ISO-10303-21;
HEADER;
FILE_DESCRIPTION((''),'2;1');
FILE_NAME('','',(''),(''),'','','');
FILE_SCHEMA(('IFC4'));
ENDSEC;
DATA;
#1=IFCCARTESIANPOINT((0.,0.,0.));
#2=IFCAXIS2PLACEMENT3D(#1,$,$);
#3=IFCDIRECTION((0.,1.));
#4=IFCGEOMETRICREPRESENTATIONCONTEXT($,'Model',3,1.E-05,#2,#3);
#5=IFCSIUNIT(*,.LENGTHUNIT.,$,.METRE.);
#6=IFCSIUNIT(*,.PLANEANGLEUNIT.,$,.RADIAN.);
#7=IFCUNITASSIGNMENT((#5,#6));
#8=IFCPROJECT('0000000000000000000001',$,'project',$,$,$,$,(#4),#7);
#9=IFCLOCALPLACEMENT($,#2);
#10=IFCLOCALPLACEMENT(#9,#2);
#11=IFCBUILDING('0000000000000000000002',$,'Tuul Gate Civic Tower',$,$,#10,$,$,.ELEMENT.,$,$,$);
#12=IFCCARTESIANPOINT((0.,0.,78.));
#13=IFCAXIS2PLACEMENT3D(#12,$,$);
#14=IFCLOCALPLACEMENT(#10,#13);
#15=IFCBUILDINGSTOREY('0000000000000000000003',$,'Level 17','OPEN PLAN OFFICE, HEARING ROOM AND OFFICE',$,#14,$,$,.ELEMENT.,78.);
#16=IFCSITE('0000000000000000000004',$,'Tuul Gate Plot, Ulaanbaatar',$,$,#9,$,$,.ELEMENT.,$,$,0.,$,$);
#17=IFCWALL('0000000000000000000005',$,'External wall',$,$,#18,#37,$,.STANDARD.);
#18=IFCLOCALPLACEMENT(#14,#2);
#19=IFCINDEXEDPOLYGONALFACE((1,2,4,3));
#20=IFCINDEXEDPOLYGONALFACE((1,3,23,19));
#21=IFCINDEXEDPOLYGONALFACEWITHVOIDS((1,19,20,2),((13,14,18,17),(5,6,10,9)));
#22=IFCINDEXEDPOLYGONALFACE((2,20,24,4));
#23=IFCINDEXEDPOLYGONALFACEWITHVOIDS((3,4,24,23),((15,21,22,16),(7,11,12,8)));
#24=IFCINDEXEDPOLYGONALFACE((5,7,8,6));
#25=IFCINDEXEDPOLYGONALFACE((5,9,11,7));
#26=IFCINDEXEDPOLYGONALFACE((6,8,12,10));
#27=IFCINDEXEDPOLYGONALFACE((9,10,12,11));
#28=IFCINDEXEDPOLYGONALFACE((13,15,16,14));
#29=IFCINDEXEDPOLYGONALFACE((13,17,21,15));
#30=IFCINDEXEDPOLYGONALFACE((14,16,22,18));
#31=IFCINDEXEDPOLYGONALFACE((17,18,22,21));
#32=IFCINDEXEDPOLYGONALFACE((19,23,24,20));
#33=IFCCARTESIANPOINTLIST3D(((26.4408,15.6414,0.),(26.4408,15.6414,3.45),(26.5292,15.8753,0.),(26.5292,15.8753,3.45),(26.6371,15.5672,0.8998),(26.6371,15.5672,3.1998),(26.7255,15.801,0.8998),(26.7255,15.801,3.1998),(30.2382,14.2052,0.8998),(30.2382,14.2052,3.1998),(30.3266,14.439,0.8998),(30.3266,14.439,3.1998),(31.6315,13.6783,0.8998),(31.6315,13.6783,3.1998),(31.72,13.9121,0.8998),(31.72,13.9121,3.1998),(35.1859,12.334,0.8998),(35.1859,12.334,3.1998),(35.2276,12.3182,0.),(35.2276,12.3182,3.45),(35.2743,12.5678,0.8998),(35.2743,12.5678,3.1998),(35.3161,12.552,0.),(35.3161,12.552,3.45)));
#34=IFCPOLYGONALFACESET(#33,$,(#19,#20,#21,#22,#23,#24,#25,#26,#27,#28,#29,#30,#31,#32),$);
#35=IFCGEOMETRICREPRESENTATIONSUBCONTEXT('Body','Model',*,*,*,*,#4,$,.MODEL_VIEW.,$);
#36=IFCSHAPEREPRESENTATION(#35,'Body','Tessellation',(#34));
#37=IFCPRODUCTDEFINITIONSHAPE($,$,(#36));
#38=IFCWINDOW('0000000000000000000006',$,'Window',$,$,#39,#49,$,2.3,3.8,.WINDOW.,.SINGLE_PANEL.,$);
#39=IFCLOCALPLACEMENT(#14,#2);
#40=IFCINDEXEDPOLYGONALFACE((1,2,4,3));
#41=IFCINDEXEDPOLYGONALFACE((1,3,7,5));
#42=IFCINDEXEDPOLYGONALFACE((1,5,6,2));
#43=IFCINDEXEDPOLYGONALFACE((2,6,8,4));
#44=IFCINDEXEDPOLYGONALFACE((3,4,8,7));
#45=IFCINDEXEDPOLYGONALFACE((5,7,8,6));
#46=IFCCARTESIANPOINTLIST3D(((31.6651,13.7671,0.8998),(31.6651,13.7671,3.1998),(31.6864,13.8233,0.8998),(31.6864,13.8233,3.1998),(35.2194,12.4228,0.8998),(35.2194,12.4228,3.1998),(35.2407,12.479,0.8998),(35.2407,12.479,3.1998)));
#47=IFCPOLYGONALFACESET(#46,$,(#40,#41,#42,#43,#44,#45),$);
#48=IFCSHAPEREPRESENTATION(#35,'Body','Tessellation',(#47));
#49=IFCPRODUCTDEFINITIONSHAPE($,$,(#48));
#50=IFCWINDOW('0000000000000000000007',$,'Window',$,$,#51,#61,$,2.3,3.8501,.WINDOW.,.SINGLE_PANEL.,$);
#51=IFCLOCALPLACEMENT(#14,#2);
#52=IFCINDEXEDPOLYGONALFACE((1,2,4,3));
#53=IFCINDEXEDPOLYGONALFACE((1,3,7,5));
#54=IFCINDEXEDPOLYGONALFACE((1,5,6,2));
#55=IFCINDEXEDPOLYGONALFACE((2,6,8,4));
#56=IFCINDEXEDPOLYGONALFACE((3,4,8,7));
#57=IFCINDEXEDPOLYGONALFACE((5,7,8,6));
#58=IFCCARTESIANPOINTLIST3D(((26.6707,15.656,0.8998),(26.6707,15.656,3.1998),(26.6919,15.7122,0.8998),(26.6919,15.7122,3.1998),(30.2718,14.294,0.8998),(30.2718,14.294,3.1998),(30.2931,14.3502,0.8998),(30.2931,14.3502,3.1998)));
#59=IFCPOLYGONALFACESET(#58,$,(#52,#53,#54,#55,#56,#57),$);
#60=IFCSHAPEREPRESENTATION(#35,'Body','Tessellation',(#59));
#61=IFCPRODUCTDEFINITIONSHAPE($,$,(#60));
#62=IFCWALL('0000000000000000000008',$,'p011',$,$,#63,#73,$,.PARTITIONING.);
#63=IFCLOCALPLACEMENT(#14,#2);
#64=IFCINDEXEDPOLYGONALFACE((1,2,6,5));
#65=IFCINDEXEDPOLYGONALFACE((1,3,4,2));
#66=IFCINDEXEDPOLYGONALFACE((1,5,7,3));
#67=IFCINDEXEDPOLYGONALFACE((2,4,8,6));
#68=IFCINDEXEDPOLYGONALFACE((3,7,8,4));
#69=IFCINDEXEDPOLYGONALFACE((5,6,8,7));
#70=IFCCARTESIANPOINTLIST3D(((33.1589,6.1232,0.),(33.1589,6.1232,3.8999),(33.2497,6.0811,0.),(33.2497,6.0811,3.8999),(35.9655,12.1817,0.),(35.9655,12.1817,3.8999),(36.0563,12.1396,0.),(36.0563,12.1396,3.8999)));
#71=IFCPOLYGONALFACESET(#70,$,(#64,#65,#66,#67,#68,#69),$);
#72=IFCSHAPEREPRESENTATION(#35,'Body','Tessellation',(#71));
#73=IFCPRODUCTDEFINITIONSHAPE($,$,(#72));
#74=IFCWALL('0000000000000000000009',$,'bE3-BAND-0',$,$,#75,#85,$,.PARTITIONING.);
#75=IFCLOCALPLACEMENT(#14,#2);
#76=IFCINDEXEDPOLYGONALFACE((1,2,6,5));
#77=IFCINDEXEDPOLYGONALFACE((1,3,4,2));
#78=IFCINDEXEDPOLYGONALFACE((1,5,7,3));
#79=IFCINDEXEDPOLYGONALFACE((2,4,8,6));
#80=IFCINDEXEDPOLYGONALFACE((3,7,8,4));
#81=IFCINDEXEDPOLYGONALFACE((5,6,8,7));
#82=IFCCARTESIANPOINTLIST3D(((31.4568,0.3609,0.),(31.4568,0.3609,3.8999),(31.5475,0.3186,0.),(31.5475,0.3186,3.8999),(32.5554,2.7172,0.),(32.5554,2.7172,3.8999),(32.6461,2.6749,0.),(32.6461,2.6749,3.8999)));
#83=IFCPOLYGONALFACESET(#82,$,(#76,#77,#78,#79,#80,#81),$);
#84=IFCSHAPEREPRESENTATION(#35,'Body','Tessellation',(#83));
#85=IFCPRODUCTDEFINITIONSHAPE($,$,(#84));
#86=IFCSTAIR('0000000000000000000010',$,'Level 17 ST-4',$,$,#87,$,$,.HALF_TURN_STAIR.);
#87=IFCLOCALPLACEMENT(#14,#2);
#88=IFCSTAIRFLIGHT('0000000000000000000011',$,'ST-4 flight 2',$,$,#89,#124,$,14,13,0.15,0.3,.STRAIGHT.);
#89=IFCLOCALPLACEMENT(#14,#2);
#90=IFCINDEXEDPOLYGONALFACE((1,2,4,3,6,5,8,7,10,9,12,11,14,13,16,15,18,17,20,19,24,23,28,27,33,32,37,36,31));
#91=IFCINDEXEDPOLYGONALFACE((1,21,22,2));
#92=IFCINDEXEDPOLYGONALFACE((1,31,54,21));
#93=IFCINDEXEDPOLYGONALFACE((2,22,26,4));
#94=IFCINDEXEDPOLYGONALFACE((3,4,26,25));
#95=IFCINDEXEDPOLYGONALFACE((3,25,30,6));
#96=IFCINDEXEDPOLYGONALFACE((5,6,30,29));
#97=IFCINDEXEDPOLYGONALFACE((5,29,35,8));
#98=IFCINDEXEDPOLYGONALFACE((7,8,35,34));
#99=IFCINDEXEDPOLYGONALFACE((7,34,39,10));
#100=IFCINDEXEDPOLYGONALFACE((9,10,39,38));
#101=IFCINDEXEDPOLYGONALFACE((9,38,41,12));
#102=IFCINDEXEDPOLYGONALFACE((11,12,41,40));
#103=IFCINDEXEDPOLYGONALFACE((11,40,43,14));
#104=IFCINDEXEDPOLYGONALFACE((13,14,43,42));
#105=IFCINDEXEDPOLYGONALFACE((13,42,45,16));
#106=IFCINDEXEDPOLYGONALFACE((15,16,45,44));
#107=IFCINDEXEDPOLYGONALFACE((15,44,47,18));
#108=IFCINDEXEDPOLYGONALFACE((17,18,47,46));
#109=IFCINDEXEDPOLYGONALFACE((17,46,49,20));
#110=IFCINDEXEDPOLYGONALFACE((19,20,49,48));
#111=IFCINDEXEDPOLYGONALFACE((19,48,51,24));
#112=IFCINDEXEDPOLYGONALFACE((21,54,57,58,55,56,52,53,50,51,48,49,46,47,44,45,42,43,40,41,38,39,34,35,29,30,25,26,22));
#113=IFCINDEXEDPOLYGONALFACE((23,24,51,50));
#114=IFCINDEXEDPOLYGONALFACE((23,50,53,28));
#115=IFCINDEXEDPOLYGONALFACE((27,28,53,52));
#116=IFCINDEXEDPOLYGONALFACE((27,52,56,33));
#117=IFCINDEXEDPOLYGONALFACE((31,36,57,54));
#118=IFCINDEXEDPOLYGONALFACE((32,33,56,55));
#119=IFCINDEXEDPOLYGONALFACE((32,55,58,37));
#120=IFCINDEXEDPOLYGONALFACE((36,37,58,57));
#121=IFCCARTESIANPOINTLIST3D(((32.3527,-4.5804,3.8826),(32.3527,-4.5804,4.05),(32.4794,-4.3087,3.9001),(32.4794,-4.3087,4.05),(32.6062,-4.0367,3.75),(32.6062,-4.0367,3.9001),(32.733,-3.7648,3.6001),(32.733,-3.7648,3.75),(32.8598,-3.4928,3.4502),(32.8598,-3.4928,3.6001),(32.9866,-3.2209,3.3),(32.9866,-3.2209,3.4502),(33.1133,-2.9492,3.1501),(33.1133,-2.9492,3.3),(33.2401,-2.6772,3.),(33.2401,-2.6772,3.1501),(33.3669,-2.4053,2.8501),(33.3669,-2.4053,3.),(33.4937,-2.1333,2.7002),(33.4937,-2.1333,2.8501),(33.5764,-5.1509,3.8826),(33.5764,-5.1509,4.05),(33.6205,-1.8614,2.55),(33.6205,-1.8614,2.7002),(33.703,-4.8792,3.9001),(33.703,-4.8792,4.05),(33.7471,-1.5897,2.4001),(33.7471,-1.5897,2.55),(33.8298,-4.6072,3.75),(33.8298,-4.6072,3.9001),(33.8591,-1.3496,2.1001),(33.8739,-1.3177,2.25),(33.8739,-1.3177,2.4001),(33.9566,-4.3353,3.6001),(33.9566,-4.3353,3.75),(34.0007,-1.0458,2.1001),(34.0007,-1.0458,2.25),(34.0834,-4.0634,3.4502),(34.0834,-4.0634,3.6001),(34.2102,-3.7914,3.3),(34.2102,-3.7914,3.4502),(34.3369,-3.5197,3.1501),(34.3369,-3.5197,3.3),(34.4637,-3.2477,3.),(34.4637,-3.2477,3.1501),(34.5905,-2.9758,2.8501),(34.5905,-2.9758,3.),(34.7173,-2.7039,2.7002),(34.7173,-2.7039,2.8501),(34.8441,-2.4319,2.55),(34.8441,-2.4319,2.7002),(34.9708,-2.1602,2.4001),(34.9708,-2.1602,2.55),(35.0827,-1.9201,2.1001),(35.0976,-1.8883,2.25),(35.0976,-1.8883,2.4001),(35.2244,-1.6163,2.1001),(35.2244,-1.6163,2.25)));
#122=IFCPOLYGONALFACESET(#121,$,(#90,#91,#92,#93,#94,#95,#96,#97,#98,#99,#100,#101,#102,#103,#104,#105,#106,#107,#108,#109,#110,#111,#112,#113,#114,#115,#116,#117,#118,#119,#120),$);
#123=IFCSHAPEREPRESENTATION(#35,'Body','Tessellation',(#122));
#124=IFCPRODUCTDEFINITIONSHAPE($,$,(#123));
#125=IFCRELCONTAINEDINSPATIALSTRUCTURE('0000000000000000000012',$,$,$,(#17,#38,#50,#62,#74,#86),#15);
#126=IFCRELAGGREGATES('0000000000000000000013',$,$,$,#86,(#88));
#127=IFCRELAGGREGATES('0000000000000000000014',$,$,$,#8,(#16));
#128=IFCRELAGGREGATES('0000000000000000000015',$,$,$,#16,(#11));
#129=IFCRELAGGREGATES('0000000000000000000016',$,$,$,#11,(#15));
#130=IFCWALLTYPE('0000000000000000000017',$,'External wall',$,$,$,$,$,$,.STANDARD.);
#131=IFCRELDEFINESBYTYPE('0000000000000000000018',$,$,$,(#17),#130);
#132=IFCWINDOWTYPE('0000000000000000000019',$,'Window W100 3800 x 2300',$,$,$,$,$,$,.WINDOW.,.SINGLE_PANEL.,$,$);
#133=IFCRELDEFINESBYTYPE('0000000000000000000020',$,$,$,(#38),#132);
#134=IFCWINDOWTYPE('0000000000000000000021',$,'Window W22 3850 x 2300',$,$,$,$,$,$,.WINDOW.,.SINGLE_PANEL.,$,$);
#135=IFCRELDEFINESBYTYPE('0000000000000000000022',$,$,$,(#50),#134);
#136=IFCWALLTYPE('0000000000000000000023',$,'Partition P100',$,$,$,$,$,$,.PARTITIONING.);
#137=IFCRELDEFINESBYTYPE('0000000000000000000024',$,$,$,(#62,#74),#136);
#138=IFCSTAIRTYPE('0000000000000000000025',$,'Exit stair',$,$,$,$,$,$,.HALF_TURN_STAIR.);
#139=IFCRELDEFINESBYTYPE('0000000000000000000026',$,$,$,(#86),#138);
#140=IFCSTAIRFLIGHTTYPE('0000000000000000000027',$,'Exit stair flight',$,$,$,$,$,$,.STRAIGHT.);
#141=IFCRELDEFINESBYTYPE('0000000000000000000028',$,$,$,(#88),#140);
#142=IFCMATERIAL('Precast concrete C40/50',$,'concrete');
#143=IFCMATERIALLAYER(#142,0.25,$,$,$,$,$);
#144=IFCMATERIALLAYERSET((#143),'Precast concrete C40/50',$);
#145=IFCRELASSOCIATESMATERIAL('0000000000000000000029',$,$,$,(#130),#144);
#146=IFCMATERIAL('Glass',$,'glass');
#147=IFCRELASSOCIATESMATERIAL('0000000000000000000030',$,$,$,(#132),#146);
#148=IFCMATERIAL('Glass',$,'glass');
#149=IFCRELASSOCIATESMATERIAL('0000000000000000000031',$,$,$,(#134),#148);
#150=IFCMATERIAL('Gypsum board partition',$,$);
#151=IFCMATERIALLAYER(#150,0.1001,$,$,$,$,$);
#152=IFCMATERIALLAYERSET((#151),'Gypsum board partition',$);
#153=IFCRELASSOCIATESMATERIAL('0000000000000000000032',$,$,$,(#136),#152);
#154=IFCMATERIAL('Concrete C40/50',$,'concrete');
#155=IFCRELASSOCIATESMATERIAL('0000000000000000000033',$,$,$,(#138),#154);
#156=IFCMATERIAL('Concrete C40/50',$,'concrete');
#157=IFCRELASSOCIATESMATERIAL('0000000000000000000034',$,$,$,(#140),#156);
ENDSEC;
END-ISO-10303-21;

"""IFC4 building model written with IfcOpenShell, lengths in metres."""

from ifc_helpers import new_model, si_unit, direction, frame, frame_2d, origin, place, context, subcontext, project, spatial, polyline, rectangle, outline, extrude, material, layer, layer_set, type_object, element, fill, aggregate, save


model = new_model("IFC4")

# Units and contexts
model_context = context("Model", 3, precision=1e-05, world=origin(), true_north=direction((0.0, 1.0)))
body_context = subcontext(model_context, "Body", "Model", "MODEL_VIEW")
ifc_project = project(units=[si_unit("LENGTHUNIT", "METRE"), si_unit("PLANEANGLEUNIT", "RADIAN")], contexts=[model_context])

# Site, building, storey
site_placement = place(None, origin())
site = spatial("IfcSite", under=ifc_project, at=site_placement, Name="Tuul Gate Plot, Ulaanbaatar", CompositionType="ELEMENT", RefElevation=0.0)
building_placement = place(site_placement, origin())
building = spatial("IfcBuilding", under=site, at=building_placement, Name="Tuul Gate Civic Tower", CompositionType="ELEMENT")
storey_placement = place(building_placement, frame((0.0, 0.0, 78.0)))
storey = spatial("IfcBuildingStorey", under=building, at=storey_placement, Name="Level 17", Description="OPEN PLAN OFFICE, HEARING ROOM AND OFFICE", CompositionType="ELEMENT", Elevation=78.0)

# Wall, openings, windows
ifc_material_1 = material(Name="Precast concrete C40/50", Category="concrete")
ifc_layer_1 = layer(ifc_material_1, 0.25)
ifc_layer_set_1 = layer_set([ifc_layer_1], Name="Precast concrete C40/50")
wall_type_1 = type_object("IfcWallType", Name="External wall", PredefinedType="STANDARD", material=ifc_layer_set_1)
wall_1_placement = place(storey_placement, frame((35.272, 12.4351, 0.0), z_axis=(0.0, 0.0, 1.0), x_axis=(-0.93534, 0.353751, 0.0)))
wall_1 = element("IfcWall", 1, at=wall_1_placement, inside=storey, type_object=wall_type_1, Name="External wall", PredefinedType="STANDARD", context=body_context, shape_type="SweptSolid", body=[
    extrude(rectangle(XDim=9.3943, YDim=0.25, at=frame_2d((4.6973, 0.0))), origin(), (0.0, 0.0, 1.0), 3.45),
])
opening_1_placement = place(wall_1_placement, frame((0.0449, 0.0, 0.8999)))
opening_1 = element("IfcOpeningElement", 2, at=opening_1_placement, cuts=wall_1, PredefinedType="OPENING", context=body_context, shape_type="SweptSolid", body=[
    extrude(rectangle(XDim=3.8, YDim=2.3, at=frame_2d((1.8999, 1.1499))), frame((0.0, 0.135, 0.0), z_axis=(0.0, -1.0, 0.0), x_axis=(1.0, 0.0, 0.0)), (0.0, 0.0, 1.0), 0.27),
])
opening_2_placement = place(wall_1_placement, frame((5.3345, 0.0, 0.8999)))
opening_2 = element("IfcOpeningElement", 3, at=opening_2_placement, cuts=wall_1, PredefinedType="OPENING", context=body_context, shape_type="SweptSolid", body=[
    extrude(rectangle(XDim=3.8501, YDim=2.3, at=frame_2d((1.925, 1.1499))), frame((0.0, 0.135, 0.0), z_axis=(0.0, -1.0, 0.0), x_axis=(1.0, 0.0, 0.0)), (0.0, 0.0, 1.0), 0.27),
])
ifc_material_2 = material(Name="Glass", Category="glass")
window_type_1 = type_object("IfcWindowType", Name="Window W100 3800 x 2300", PartitioningType="SINGLE_PANEL", PredefinedType="WINDOW", material=ifc_material_2)
window_1_placement = place(opening_1_placement, origin())
window_1 = element("IfcWindow", 4, at=window_1_placement, inside=storey, type_object=window_type_1, Name="Window", OverallHeight=2.3, OverallWidth=3.8, PartitioningType="SINGLE_PANEL", PredefinedType="WINDOW", context=body_context, shape_type="SweptSolid", body=[
    extrude(rectangle(XDim=3.8, YDim=2.3, at=frame_2d((1.8999, 1.1499))), frame((0.0, 0.03, 0.0), z_axis=(0.0, -1.0, 0.0), x_axis=(1.0, 0.0, 0.0)), (0.0, 0.0, 1.0), 0.0601),
])
fill(opening_1, window_1)
ifc_material_3 = material(Name="Glass", Category="glass")
window_type_2 = type_object("IfcWindowType", Name="Window W22 3850 x 2300", PartitioningType="SINGLE_PANEL", PredefinedType="WINDOW", material=ifc_material_3)
window_2_placement = place(opening_2_placement, origin())
window_2 = element("IfcWindow", 5, at=window_2_placement, inside=storey, type_object=window_type_2, Name="Window", OverallHeight=2.3, OverallWidth=3.8501, PartitioningType="SINGLE_PANEL", PredefinedType="WINDOW", context=body_context, shape_type="SweptSolid", body=[
    extrude(rectangle(XDim=3.8501, YDim=2.3, at=frame_2d((1.925, 1.1499))), frame((0.0, 0.03, 0.0), z_axis=(0.0, -1.0, 0.0), x_axis=(1.0, 0.0, 0.0)), (0.0, 0.0, 1.0), 0.0601),
])
fill(opening_2, window_2)

# Walls
ifc_material_4 = material(Name="Gypsum board partition")
ifc_layer_2 = layer(ifc_material_4, 0.1001)
ifc_layer_set_2 = layer_set([ifc_layer_2], Name="Gypsum board partition")
wall_type_2 = type_object("IfcWallType", Name="Partition P100", PredefinedType="PARTITIONING", material=ifc_layer_set_2)
wall_2_placement = place(storey_placement, frame((33.2043, 6.1023, 0.0), z_axis=(0.0, 0.0, 1.0), x_axis=(0.420338, 0.907368, 0.0)))
element("IfcWall", 6, at=wall_2_placement, inside=storey, type_object=wall_type_2, Name="p011", PredefinedType="PARTITIONING", context=body_context, shape_type="SweptSolid", body=[
    extrude(rectangle(XDim=6.677, YDim=0.1001, at=frame_2d((3.3384, 0.0))), origin(), (0.0, 0.0, 1.0), 3.8999),
])
wall_3_placement = place(storey_placement, frame((31.5022, 0.3398, 0.0), z_axis=(0.0, 0.0, 1.0), x_axis=(0.422556, 0.906337, 0.0)))
element("IfcWall", 7, at=wall_3_placement, inside=storey, type_object=wall_type_2, Name="bE3-BAND-0", PredefinedType="PARTITIONING", context=body_context, shape_type="SweptSolid", body=[
    extrude(rectangle(XDim=2.5999, YDim=0.1001, at=frame_2d((1.2998, 0.0))), origin(), (0.0, 0.0, 1.0), 3.8999),
])

# Stair, stair flight
ifc_material_5 = material(Name="Concrete C40/50", Category="concrete")
stair_type = type_object("IfcStairType", Name="Exit stair", PredefinedType="HALF_TURN_STAIR", material=ifc_material_5)
stair_placement = place(storey_placement, origin())
stair = element("IfcStair", 8, at=stair_placement, inside=storey, type_object=stair_type, Name="Level 17 ST-4", PredefinedType="HALF_TURN_STAIR")
ifc_material_6 = material(Name="Concrete C40/50", Category="concrete")
stair_flight_type = type_object("IfcStairFlightType", Name="Exit stair flight", PredefinedType="STRAIGHT", material=ifc_material_6)
stair_flight_placement = place(storey_placement, frame((34.6125, -1.3311, 2.1001), z_axis=(0.0, 0.0, 1.0), x_axis=(-0.422576, -0.906327, 0.0)))
stair_flight = element("IfcStairFlight", 9, at=stair_flight_placement, type_object=stair_flight_type, Name="ST-4 flight 2", NumberOfRisers=14, NumberOfTreads=13, PredefinedType="STRAIGHT", RiserHeight=0.15, TreadLength=0.3, context=body_context, shape_type="SweptSolid", body=[
    extrude(outline(polyline([(0.0, 0.0), (0.0, 0.1499), (0.3, 0.1499), (0.3, 0.3), (0.6001, 0.3), (0.6001, 0.45), (0.8999, 0.45), (0.8999, 0.6001), (1.2, 0.6001), (1.2, 0.75), (1.5, 0.75), (1.5, 0.8999), (1.8, 0.8999), (1.8, 1.05), (2.1001, 1.05), (2.1001, 1.2), (2.3999, 1.2), (2.3999, 1.3501), (2.7, 1.3501), (2.7, 1.5), (3.0, 1.5), (3.0, 1.6499), (3.3, 1.6499), (3.3, 1.8), (3.6001, 1.8), (3.6001, 1.95), (3.8999, 1.95), (3.8999, 2.1001), (3.8999, 1.7825), (0.3352, 0.0), (0.0, 0.0)])), frame((0.0, 0.675, 0.0), z_axis=(0.0, -1.0, 0.0), x_axis=(1.0, 0.0, 0.0)), (0.0, 0.0, 1.0), 1.3501),
])
aggregate(stair, [stair_flight])

save(model, "model.ifc")
